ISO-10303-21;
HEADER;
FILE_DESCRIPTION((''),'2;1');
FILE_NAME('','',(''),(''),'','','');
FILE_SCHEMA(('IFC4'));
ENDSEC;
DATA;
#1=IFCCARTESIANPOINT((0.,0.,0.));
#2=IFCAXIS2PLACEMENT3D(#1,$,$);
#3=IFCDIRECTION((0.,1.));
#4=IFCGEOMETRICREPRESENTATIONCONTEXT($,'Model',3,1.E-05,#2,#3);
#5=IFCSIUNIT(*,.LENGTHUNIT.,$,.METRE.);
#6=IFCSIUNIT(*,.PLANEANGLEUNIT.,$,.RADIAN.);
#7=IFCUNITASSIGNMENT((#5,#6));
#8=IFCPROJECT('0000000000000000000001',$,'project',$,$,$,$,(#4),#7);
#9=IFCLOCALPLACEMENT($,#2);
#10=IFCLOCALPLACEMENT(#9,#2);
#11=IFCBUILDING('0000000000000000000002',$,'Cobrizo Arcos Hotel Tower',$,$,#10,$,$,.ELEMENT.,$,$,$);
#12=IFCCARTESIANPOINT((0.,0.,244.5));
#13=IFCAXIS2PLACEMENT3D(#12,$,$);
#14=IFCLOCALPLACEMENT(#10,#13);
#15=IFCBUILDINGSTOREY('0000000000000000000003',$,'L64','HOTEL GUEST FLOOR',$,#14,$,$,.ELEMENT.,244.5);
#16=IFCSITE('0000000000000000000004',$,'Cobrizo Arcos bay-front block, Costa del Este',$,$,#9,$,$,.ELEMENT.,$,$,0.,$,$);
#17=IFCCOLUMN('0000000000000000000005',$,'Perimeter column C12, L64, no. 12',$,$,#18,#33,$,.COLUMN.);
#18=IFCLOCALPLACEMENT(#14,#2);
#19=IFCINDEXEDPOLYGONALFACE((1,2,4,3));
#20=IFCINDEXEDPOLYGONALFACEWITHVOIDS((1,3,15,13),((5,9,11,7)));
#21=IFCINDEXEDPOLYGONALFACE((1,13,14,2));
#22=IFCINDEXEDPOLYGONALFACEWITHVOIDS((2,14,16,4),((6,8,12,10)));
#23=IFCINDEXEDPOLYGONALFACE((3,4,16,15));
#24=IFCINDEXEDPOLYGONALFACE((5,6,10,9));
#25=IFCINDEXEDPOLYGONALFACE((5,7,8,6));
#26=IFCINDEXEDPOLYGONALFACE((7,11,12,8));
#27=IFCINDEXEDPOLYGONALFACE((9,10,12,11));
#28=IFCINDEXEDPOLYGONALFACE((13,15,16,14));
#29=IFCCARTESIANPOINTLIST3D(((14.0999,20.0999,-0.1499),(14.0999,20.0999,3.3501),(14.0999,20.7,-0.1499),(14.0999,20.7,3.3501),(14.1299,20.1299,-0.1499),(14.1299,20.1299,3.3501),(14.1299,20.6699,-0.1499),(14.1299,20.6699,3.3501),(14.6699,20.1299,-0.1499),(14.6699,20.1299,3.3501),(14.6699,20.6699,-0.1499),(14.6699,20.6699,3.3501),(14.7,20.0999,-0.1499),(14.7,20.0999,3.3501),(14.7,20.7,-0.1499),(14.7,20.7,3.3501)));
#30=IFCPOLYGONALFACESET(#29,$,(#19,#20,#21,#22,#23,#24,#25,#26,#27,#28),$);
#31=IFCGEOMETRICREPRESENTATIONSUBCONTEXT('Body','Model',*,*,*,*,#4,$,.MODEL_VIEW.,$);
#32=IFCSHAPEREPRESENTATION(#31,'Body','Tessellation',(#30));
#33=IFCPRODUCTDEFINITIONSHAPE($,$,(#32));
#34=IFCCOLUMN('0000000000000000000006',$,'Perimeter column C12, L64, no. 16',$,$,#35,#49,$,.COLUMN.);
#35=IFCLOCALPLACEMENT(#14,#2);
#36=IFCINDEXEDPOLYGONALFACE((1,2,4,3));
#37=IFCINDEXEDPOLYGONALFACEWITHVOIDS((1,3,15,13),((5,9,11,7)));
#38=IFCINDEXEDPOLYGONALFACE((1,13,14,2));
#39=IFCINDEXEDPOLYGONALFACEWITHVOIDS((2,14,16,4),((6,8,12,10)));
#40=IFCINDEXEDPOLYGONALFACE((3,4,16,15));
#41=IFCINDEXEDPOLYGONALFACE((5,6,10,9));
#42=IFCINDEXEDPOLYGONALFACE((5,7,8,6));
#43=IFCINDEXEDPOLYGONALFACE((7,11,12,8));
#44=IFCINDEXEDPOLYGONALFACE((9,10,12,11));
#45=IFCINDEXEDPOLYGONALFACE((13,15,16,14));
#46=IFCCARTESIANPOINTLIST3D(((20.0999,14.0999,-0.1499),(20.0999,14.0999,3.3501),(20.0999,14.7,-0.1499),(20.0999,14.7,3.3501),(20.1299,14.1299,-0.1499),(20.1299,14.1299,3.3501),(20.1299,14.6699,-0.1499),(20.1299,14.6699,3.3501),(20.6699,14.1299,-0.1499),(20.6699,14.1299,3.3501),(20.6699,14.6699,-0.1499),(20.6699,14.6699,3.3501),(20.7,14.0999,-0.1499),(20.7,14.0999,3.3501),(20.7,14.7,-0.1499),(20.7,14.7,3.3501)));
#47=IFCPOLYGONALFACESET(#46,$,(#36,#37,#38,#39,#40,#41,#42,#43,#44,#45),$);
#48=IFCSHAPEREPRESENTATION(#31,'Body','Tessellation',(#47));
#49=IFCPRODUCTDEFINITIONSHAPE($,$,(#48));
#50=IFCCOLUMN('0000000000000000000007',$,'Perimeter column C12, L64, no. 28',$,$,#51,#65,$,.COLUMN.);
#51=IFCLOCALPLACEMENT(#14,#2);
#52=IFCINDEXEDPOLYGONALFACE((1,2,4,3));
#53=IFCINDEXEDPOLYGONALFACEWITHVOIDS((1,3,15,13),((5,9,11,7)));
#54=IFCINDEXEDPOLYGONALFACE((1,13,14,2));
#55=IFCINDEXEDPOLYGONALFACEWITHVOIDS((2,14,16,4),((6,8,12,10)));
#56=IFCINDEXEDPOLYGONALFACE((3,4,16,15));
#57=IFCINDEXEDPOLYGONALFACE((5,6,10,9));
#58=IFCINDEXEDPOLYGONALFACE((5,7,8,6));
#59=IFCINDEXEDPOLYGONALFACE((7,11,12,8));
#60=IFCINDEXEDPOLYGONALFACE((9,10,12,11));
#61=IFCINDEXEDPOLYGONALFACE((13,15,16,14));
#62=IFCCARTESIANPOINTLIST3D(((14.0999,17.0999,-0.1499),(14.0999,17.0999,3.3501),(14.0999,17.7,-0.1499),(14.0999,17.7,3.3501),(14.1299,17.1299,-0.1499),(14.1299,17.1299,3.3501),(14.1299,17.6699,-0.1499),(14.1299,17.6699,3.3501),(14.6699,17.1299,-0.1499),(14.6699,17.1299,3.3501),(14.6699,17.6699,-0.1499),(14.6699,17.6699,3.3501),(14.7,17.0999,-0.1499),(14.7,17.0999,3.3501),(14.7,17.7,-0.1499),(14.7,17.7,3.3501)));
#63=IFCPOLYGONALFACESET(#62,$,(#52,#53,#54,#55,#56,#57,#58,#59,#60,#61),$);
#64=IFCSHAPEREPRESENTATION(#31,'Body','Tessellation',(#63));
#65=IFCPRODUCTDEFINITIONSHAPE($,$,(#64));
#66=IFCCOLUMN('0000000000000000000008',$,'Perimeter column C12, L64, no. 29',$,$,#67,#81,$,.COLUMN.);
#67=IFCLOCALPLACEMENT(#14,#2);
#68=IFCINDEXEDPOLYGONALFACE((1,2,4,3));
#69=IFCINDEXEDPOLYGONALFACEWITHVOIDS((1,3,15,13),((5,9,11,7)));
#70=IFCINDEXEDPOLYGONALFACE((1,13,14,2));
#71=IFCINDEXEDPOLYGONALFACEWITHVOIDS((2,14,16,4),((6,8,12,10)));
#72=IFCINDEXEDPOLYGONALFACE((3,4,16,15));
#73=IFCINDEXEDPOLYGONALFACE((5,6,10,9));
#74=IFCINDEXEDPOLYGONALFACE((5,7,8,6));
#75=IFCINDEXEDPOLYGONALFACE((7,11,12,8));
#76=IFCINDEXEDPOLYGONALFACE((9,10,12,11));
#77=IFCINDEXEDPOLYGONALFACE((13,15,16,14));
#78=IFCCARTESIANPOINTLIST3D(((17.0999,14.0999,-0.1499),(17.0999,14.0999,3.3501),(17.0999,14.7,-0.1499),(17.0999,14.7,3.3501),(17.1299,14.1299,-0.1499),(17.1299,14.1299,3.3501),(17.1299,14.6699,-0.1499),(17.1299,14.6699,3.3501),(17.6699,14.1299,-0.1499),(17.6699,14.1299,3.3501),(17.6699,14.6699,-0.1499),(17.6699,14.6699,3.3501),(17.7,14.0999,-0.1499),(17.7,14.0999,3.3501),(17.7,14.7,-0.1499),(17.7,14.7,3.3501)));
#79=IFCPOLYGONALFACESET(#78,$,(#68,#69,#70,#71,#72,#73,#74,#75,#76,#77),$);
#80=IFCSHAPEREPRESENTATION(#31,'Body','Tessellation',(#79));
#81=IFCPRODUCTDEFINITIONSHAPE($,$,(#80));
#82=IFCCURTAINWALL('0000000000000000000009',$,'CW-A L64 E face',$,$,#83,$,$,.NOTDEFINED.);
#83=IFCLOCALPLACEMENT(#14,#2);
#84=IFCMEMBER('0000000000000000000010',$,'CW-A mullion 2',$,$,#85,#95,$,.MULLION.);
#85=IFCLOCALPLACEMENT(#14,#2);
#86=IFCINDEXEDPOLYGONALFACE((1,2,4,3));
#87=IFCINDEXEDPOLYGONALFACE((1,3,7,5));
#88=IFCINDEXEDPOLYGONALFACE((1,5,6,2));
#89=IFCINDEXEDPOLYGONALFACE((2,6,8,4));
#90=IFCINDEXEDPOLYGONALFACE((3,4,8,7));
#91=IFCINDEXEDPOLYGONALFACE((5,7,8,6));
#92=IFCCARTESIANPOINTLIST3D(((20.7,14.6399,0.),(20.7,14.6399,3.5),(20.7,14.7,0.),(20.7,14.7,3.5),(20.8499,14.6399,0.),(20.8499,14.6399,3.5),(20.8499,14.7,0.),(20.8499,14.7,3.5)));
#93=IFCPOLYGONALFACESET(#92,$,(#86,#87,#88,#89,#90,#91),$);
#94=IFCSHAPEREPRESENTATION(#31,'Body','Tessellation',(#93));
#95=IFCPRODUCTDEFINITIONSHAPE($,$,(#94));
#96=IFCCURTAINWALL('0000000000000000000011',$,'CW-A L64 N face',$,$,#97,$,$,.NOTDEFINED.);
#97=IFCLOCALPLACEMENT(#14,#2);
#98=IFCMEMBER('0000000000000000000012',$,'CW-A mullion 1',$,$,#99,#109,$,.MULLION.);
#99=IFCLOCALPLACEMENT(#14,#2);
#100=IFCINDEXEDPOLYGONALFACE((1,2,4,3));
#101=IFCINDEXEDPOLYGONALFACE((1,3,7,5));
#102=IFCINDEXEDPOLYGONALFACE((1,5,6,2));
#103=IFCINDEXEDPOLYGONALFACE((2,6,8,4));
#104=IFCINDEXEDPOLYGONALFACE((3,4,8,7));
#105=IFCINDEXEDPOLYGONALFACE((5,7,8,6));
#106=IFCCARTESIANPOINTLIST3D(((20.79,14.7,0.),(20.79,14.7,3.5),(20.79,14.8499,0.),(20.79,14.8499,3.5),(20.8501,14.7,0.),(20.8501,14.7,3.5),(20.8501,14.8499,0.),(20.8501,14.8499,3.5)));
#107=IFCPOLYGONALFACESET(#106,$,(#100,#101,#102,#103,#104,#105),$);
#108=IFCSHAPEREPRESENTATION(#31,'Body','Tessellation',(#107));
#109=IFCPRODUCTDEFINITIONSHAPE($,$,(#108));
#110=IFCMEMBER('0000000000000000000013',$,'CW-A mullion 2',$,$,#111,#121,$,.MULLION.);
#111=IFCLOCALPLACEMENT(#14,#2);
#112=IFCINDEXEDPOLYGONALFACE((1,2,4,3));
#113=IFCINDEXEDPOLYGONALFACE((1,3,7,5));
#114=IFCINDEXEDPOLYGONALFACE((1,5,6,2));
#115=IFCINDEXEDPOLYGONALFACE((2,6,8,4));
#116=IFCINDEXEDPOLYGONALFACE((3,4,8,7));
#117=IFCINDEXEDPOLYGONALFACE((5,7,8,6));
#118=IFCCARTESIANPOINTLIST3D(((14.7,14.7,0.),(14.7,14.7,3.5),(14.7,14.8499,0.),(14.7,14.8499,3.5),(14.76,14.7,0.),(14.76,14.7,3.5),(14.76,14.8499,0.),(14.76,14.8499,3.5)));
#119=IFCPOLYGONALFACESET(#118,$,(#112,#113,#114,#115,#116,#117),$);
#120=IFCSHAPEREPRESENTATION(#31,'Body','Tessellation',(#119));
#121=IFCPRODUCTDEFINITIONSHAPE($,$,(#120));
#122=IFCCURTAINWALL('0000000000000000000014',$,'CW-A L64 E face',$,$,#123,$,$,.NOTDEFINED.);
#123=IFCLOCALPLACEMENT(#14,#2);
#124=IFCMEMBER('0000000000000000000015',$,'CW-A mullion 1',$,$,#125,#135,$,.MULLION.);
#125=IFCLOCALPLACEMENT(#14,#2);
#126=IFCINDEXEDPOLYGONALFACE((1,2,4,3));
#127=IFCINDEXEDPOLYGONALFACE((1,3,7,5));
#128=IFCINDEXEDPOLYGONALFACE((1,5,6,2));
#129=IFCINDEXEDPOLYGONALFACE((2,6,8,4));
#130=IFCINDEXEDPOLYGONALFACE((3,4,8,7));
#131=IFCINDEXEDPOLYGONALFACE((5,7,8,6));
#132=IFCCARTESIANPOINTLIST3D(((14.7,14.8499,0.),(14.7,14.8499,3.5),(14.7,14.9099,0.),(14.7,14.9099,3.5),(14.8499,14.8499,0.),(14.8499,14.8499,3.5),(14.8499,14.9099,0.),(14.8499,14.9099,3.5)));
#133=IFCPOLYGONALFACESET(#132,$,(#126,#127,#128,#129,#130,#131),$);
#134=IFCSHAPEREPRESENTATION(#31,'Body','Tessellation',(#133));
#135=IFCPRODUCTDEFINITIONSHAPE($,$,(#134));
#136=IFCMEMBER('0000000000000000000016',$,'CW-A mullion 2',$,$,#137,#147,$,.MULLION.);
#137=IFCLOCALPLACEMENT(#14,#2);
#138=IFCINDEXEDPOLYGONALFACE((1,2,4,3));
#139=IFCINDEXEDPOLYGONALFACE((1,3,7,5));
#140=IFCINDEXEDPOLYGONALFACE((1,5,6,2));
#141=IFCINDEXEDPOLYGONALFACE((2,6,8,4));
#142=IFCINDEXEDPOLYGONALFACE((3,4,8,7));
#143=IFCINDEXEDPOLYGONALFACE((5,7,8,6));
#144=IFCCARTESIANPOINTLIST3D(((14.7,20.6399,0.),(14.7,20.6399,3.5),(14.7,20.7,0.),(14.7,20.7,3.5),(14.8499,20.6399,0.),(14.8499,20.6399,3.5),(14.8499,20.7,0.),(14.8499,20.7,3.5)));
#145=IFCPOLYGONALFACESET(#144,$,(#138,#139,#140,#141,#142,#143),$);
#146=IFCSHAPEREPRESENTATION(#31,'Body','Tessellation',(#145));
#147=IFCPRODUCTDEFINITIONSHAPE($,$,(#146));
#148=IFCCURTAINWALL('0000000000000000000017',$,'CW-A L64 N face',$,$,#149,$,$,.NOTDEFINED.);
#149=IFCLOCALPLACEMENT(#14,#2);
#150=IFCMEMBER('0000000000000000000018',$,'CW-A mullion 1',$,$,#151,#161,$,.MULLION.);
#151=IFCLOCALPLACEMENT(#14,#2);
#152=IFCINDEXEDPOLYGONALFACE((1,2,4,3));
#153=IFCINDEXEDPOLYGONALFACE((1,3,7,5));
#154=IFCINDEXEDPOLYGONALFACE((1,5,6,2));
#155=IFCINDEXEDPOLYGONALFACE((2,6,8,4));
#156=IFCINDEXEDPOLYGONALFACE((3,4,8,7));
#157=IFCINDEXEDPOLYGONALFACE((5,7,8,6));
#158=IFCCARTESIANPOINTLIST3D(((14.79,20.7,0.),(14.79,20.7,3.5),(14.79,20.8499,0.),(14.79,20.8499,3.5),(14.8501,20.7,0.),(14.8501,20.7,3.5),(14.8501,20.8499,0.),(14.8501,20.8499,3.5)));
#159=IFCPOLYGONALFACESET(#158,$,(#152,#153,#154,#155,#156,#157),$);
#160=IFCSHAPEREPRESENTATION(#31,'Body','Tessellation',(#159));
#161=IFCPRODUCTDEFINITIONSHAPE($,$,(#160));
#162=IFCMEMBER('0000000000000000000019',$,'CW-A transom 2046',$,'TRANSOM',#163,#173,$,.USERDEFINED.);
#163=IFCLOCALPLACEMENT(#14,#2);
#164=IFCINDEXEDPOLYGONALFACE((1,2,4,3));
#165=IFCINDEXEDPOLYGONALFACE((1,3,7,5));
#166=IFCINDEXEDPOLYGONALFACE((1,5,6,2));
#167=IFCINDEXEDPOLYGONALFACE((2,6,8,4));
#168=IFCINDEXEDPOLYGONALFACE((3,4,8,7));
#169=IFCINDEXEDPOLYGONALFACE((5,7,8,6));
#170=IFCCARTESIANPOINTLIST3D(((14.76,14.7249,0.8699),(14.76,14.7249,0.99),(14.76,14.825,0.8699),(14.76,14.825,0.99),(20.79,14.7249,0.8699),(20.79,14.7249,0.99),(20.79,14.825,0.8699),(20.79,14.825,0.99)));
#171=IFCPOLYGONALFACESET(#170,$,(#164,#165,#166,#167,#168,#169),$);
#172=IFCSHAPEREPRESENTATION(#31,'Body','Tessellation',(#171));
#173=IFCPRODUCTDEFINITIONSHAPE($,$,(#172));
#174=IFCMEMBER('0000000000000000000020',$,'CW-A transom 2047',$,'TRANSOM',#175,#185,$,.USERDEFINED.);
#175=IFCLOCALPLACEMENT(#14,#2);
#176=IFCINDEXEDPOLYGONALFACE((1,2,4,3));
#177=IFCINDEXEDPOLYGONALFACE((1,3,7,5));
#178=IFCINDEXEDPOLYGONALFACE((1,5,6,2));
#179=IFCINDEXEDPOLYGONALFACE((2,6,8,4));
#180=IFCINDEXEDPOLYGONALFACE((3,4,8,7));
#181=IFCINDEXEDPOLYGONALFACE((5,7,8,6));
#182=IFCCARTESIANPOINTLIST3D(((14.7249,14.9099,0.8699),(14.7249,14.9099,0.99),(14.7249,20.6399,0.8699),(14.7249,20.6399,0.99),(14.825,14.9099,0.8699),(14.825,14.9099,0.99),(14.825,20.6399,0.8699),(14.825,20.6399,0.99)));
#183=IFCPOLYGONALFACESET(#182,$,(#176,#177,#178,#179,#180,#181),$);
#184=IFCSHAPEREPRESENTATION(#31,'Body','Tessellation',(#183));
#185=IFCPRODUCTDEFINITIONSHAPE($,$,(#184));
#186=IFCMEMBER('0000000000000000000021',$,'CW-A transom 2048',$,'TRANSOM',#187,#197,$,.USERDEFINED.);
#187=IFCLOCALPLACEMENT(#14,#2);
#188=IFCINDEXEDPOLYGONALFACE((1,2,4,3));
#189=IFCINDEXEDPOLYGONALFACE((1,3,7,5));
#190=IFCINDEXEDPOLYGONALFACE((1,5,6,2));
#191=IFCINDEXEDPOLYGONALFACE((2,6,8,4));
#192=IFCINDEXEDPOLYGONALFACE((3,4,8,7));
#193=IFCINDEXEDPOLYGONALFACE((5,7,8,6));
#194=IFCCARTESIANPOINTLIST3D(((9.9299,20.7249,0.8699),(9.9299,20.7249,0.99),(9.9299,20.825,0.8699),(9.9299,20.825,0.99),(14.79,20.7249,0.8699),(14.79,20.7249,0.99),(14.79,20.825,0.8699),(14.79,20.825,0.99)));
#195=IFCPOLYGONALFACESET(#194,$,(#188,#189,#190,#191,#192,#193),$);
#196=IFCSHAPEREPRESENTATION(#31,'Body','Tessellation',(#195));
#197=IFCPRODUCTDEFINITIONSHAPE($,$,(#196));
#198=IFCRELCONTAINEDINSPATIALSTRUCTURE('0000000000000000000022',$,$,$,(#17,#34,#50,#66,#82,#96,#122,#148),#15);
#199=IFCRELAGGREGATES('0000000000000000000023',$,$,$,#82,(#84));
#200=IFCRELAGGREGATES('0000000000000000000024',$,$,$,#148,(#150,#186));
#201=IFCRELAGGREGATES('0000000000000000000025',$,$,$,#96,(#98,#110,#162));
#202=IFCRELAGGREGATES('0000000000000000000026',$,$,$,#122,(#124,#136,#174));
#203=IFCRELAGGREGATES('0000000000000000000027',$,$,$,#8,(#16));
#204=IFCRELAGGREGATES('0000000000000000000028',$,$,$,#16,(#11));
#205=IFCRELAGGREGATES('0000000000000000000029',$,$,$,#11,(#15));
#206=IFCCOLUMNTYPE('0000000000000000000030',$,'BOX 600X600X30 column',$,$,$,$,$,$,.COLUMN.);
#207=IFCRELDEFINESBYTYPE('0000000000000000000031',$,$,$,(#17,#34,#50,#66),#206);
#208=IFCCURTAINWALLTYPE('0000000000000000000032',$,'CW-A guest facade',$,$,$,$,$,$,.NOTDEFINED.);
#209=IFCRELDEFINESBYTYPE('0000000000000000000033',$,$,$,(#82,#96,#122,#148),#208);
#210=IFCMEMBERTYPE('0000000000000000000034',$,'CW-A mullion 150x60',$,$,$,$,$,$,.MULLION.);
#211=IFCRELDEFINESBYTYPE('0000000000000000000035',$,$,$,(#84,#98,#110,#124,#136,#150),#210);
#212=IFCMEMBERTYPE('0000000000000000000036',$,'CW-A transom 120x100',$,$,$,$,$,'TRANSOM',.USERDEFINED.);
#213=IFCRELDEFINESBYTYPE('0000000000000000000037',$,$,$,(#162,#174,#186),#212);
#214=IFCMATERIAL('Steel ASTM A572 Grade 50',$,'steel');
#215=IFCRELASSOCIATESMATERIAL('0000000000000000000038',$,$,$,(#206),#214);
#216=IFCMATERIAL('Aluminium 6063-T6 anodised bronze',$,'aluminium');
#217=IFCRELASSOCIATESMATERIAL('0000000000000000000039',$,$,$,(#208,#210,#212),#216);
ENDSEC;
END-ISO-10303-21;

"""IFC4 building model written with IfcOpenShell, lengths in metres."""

from ifc_helpers import new_model, si_unit, direction, frame, origin, origin_2d, place, context, subcontext, project, spatial, rectangle, hollow_rectangle, extrude, material, material_profile, profile_set, type_object, element, aggregate, save


model = new_model("IFC4")

# Units and contexts
model_context = context("Model", 3, precision=1e-05, world=origin(), true_north=direction((0.0, 1.0)))
body_context = subcontext(model_context, "Body", "Model", "MODEL_VIEW")
ifc_project = project(units=[si_unit("LENGTHUNIT", "METRE"), si_unit("PLANEANGLEUNIT", "RADIAN")], contexts=[model_context])

# Site, building, storey
site_placement = place(None, origin())
site = spatial("IfcSite", under=ifc_project, at=site_placement, Name="Cobrizo Arcos bay-front block, Costa del Este", CompositionType="ELEMENT", RefElevation=0.0)
building_placement = place(site_placement, origin())
building = spatial("IfcBuilding", under=site, at=building_placement, Name="Cobrizo Arcos Hotel Tower", CompositionType="ELEMENT")
storey_placement = place(building_placement, frame((0.0, 0.0, 244.5)))
storey = spatial("IfcBuildingStorey", under=building, at=storey_placement, Name="L64", Description="HOTEL GUEST FLOOR", CompositionType="ELEMENT", Elevation=244.5)

# Columns
ifc_material_1 = material(Name="Steel ASTM A572 Grade 50", Category="steel")
ifc_material_profile_1 = material_profile(ifc_material_1, hollow_rectangle(XDim=0.6001, YDim=0.6001, WallThickness=0.03, at=origin_2d()), Name="BOX 600X600X30")
ifc_profile_set_1 = profile_set([ifc_material_profile_1], Name="Steel ASTM A572 Grade 50")
column_type = type_object("IfcColumnType", Name="BOX 600X600X30 column", PredefinedType="COLUMN", material=ifc_profile_set_1)
for number, where, z_axis, x_axis, name in (
    (1, (14.3999, 20.3999, -0.1499), (0.0, 0.0, 1.0), (1.0, 0.0, 0.0), "Perimeter column C12, L64, no. 12"),
    (2, (20.3999, 14.3999, -0.1499), (0.0, 0.0, 1.0), (1.0, 0.0, 0.0), "Perimeter column C12, L64, no. 16"),
    (3, (14.3999, 17.3999, -0.1499), (0.0, 0.0, 1.0), (1.0, 0.0, 0.0), "Perimeter column C12, L64, no. 28"),
    (4, (17.3999, 14.3999, -0.1499), (0.0, 0.0, 1.0), (1.0, 0.0, 0.0), "Perimeter column C12, L64, no. 29"),
):
    element("IfcColumn", number, at=place(storey_placement, frame(where, z_axis=z_axis, x_axis=x_axis)), inside=storey, type_object=column_type, Name=name, PredefinedType="COLUMN", context=body_context, shape_type="SweptSolid", body=[
        extrude(hollow_rectangle(XDim=0.6001, YDim=0.6001, WallThickness=0.03, at=origin_2d()), origin(), (0.0, 0.0, 1.0), 3.5),
    ])

# Curtain wall, member
ifc_material_2 = material(Name="Aluminium 6063-T6 anodised bronze", Category="aluminium")
curtain_wall_type = type_object("IfcCurtainWallType", Name="CW-A guest facade", PredefinedType="NOTDEFINED", material=ifc_material_2)
curtain_wall_1_placement = place(storey_placement, origin())
curtain_wall_1 = element("IfcCurtainWall", 5, at=curtain_wall_1_placement, inside=storey, type_object=curtain_wall_type, Name="CW-A L64 E face", PredefinedType="NOTDEFINED")
ifc_material_profile_2 = material_profile(ifc_material_2, rectangle(XDim=0.1499, YDim=0.0601, at=origin_2d()), Name="CW-A mullion 150x60")
ifc_profile_set_2 = profile_set([ifc_material_profile_2], Name="Aluminium 6063-T6 anodised bronze")
member_type_1 = type_object("IfcMemberType", Name="CW-A mullion 150x60", PredefinedType="MULLION", material=ifc_profile_set_2)
member_1_placement = place(storey_placement, frame((20.7749, 14.6699, 0.0), z_axis=(0.0, 0.0, 1.0), x_axis=(1.0, 0.0, 0.0)))
member_1 = element("IfcMember", 6, at=member_1_placement, type_object=member_type_1, Name="CW-A mullion 2", PredefinedType="MULLION", context=body_context, shape_type="SweptSolid", body=[
    extrude(rectangle(XDim=0.1499, YDim=0.0601, at=origin_2d()), origin(), (0.0, 0.0, 1.0), 3.5),
])
aggregate(curtain_wall_1, [member_1])

# Curtain walls, members
curtain_wall_2_placement = place(storey_placement, origin())
curtain_wall_2 = element("IfcCurtainWall", 7, at=curtain_wall_2_placement, inside=storey, type_object=curtain_wall_type, Name="CW-A L64 N face", PredefinedType="NOTDEFINED")
member_2_placement = place(storey_placement, frame((20.8201, 14.7749, 0.0), z_axis=(0.0, 0.0, 1.0), x_axis=(0.0, 1.0, 0.0)))
member_2 = element("IfcMember", 8, at=member_2_placement, type_object=member_type_1, Name="CW-A mullion 1", PredefinedType="MULLION", context=body_context, shape_type="SweptSolid", body=[
    extrude(rectangle(XDim=0.1499, YDim=0.0601, at=origin_2d()), origin(), (0.0, 0.0, 1.0), 3.5),
])
member_3_placement = place(storey_placement, frame((14.73, 14.7749, 0.0), z_axis=(0.0, 0.0, 1.0), x_axis=(0.0, 1.0, 0.0)))
member_3 = element("IfcMember", 9, at=member_3_placement, type_object=member_type_1, Name="CW-A mullion 2", PredefinedType="MULLION", context=body_context, shape_type="SweptSolid", body=[
    extrude(rectangle(XDim=0.1499, YDim=0.0601, at=origin_2d()), origin(), (0.0, 0.0, 1.0), 3.5),
])
curtain_wall_3_placement = place(storey_placement, origin())
curtain_wall_3 = element("IfcCurtainWall", 10, at=curtain_wall_3_placement, inside=storey, type_object=curtain_wall_type, Name="CW-A L64 E face", PredefinedType="NOTDEFINED")
member_4_placement = place(storey_placement, frame((14.7749, 14.8799, 0.0), z_axis=(0.0, 0.0, 1.0), x_axis=(1.0, 0.0, 0.0)))
member_4 = element("IfcMember", 11, at=member_4_placement, type_object=member_type_1, Name="CW-A mullion 1", PredefinedType="MULLION", context=body_context, shape_type="SweptSolid", body=[
    extrude(rectangle(XDim=0.1499, YDim=0.0601, at=origin_2d()), origin(), (0.0, 0.0, 1.0), 3.5),
])
member_5_placement = place(storey_placement, frame((14.7749, 20.6699, 0.0), z_axis=(0.0, 0.0, 1.0), x_axis=(1.0, 0.0, 0.0)))
member_5 = element("IfcMember", 12, at=member_5_placement, type_object=member_type_1, Name="CW-A mullion 2", PredefinedType="MULLION", context=body_context, shape_type="SweptSolid", body=[
    extrude(rectangle(XDim=0.1499, YDim=0.0601, at=origin_2d()), origin(), (0.0, 0.0, 1.0), 3.5),
])

# Curtain wall, member
curtain_wall_4_placement = place(storey_placement, origin())
curtain_wall_4 = element("IfcCurtainWall", 13, at=curtain_wall_4_placement, inside=storey, type_object=curtain_wall_type, Name="CW-A L64 N face", PredefinedType="NOTDEFINED")
member_6_placement = place(storey_placement, frame((14.8201, 20.7749, 0.0), z_axis=(0.0, 0.0, 1.0), x_axis=(0.0, 1.0, 0.0)))
member_6 = element("IfcMember", 14, at=member_6_placement, type_object=member_type_1, Name="CW-A mullion 1", PredefinedType="MULLION", context=body_context, shape_type="SweptSolid", body=[
    extrude(rectangle(XDim=0.1499, YDim=0.0601, at=origin_2d()), origin(), (0.0, 0.0, 1.0), 3.5),
])

# Members
ifc_material_profile_3 = material_profile(ifc_material_2, rectangle(XDim=0.1001, YDim=0.1201, at=origin_2d()), Name="CW-A transom 120x100")
ifc_profile_set_3 = profile_set([ifc_material_profile_3], Name="Aluminium 6063-T6 anodised bronze")
member_type_2 = type_object("IfcMemberType", Name="CW-A transom 120x100", ElementType="TRANSOM", PredefinedType="USERDEFINED", material=ifc_profile_set_3)
member_7_placement = place(storey_placement, frame((20.79, 14.7749, 0.9299), z_axis=(-1.0, 0.0, 0.0), x_axis=(0.0, -1.0, 0.0)))
member_7 = element("IfcMember", 15, at=member_7_placement, type_object=member_type_2, Name="CW-A transom 2046", ObjectType="TRANSOM", PredefinedType="USERDEFINED", context=body_context, shape_type="SweptSolid", body=[
    extrude(rectangle(XDim=0.1001, YDim=0.1201, at=origin_2d()), origin(), (0.0, 0.0, 1.0), 6.03),
])
member_8_placement = place(storey_placement, frame((14.7749, 14.9099, 0.9299), z_axis=(0.0, 1.0, 0.0), x_axis=(-1.0, 0.0, 0.0)))
member_8 = element("IfcMember", 16, at=member_8_placement, type_object=member_type_2, Name="CW-A transom 2047", ObjectType="TRANSOM", PredefinedType="USERDEFINED", context=body_context, shape_type="SweptSolid", body=[
    extrude(rectangle(XDim=0.1001, YDim=0.1201, at=origin_2d()), origin(), (0.0, 0.0, 1.0), 5.73),
])
member_9_placement = place(storey_placement, frame((14.79, 20.7749, 0.9299), z_axis=(-1.0, 0.0, 0.0), x_axis=(0.0, -1.0, 0.0)))
member_9 = element("IfcMember", 17, at=member_9_placement, type_object=member_type_2, Name="CW-A transom 2048", ObjectType="TRANSOM", PredefinedType="USERDEFINED", context=body_context, shape_type="SweptSolid", body=[
    extrude(rectangle(XDim=0.1001, YDim=0.1201, at=origin_2d()), origin(), (0.0, 0.0, 1.0), 4.8601),
])

aggregate(curtain_wall_4, [member_6, member_9])
aggregate(curtain_wall_2, [member_2, member_3, member_7])
aggregate(curtain_wall_3, [member_4, member_5, member_8])

save(model, "model.ifc")
